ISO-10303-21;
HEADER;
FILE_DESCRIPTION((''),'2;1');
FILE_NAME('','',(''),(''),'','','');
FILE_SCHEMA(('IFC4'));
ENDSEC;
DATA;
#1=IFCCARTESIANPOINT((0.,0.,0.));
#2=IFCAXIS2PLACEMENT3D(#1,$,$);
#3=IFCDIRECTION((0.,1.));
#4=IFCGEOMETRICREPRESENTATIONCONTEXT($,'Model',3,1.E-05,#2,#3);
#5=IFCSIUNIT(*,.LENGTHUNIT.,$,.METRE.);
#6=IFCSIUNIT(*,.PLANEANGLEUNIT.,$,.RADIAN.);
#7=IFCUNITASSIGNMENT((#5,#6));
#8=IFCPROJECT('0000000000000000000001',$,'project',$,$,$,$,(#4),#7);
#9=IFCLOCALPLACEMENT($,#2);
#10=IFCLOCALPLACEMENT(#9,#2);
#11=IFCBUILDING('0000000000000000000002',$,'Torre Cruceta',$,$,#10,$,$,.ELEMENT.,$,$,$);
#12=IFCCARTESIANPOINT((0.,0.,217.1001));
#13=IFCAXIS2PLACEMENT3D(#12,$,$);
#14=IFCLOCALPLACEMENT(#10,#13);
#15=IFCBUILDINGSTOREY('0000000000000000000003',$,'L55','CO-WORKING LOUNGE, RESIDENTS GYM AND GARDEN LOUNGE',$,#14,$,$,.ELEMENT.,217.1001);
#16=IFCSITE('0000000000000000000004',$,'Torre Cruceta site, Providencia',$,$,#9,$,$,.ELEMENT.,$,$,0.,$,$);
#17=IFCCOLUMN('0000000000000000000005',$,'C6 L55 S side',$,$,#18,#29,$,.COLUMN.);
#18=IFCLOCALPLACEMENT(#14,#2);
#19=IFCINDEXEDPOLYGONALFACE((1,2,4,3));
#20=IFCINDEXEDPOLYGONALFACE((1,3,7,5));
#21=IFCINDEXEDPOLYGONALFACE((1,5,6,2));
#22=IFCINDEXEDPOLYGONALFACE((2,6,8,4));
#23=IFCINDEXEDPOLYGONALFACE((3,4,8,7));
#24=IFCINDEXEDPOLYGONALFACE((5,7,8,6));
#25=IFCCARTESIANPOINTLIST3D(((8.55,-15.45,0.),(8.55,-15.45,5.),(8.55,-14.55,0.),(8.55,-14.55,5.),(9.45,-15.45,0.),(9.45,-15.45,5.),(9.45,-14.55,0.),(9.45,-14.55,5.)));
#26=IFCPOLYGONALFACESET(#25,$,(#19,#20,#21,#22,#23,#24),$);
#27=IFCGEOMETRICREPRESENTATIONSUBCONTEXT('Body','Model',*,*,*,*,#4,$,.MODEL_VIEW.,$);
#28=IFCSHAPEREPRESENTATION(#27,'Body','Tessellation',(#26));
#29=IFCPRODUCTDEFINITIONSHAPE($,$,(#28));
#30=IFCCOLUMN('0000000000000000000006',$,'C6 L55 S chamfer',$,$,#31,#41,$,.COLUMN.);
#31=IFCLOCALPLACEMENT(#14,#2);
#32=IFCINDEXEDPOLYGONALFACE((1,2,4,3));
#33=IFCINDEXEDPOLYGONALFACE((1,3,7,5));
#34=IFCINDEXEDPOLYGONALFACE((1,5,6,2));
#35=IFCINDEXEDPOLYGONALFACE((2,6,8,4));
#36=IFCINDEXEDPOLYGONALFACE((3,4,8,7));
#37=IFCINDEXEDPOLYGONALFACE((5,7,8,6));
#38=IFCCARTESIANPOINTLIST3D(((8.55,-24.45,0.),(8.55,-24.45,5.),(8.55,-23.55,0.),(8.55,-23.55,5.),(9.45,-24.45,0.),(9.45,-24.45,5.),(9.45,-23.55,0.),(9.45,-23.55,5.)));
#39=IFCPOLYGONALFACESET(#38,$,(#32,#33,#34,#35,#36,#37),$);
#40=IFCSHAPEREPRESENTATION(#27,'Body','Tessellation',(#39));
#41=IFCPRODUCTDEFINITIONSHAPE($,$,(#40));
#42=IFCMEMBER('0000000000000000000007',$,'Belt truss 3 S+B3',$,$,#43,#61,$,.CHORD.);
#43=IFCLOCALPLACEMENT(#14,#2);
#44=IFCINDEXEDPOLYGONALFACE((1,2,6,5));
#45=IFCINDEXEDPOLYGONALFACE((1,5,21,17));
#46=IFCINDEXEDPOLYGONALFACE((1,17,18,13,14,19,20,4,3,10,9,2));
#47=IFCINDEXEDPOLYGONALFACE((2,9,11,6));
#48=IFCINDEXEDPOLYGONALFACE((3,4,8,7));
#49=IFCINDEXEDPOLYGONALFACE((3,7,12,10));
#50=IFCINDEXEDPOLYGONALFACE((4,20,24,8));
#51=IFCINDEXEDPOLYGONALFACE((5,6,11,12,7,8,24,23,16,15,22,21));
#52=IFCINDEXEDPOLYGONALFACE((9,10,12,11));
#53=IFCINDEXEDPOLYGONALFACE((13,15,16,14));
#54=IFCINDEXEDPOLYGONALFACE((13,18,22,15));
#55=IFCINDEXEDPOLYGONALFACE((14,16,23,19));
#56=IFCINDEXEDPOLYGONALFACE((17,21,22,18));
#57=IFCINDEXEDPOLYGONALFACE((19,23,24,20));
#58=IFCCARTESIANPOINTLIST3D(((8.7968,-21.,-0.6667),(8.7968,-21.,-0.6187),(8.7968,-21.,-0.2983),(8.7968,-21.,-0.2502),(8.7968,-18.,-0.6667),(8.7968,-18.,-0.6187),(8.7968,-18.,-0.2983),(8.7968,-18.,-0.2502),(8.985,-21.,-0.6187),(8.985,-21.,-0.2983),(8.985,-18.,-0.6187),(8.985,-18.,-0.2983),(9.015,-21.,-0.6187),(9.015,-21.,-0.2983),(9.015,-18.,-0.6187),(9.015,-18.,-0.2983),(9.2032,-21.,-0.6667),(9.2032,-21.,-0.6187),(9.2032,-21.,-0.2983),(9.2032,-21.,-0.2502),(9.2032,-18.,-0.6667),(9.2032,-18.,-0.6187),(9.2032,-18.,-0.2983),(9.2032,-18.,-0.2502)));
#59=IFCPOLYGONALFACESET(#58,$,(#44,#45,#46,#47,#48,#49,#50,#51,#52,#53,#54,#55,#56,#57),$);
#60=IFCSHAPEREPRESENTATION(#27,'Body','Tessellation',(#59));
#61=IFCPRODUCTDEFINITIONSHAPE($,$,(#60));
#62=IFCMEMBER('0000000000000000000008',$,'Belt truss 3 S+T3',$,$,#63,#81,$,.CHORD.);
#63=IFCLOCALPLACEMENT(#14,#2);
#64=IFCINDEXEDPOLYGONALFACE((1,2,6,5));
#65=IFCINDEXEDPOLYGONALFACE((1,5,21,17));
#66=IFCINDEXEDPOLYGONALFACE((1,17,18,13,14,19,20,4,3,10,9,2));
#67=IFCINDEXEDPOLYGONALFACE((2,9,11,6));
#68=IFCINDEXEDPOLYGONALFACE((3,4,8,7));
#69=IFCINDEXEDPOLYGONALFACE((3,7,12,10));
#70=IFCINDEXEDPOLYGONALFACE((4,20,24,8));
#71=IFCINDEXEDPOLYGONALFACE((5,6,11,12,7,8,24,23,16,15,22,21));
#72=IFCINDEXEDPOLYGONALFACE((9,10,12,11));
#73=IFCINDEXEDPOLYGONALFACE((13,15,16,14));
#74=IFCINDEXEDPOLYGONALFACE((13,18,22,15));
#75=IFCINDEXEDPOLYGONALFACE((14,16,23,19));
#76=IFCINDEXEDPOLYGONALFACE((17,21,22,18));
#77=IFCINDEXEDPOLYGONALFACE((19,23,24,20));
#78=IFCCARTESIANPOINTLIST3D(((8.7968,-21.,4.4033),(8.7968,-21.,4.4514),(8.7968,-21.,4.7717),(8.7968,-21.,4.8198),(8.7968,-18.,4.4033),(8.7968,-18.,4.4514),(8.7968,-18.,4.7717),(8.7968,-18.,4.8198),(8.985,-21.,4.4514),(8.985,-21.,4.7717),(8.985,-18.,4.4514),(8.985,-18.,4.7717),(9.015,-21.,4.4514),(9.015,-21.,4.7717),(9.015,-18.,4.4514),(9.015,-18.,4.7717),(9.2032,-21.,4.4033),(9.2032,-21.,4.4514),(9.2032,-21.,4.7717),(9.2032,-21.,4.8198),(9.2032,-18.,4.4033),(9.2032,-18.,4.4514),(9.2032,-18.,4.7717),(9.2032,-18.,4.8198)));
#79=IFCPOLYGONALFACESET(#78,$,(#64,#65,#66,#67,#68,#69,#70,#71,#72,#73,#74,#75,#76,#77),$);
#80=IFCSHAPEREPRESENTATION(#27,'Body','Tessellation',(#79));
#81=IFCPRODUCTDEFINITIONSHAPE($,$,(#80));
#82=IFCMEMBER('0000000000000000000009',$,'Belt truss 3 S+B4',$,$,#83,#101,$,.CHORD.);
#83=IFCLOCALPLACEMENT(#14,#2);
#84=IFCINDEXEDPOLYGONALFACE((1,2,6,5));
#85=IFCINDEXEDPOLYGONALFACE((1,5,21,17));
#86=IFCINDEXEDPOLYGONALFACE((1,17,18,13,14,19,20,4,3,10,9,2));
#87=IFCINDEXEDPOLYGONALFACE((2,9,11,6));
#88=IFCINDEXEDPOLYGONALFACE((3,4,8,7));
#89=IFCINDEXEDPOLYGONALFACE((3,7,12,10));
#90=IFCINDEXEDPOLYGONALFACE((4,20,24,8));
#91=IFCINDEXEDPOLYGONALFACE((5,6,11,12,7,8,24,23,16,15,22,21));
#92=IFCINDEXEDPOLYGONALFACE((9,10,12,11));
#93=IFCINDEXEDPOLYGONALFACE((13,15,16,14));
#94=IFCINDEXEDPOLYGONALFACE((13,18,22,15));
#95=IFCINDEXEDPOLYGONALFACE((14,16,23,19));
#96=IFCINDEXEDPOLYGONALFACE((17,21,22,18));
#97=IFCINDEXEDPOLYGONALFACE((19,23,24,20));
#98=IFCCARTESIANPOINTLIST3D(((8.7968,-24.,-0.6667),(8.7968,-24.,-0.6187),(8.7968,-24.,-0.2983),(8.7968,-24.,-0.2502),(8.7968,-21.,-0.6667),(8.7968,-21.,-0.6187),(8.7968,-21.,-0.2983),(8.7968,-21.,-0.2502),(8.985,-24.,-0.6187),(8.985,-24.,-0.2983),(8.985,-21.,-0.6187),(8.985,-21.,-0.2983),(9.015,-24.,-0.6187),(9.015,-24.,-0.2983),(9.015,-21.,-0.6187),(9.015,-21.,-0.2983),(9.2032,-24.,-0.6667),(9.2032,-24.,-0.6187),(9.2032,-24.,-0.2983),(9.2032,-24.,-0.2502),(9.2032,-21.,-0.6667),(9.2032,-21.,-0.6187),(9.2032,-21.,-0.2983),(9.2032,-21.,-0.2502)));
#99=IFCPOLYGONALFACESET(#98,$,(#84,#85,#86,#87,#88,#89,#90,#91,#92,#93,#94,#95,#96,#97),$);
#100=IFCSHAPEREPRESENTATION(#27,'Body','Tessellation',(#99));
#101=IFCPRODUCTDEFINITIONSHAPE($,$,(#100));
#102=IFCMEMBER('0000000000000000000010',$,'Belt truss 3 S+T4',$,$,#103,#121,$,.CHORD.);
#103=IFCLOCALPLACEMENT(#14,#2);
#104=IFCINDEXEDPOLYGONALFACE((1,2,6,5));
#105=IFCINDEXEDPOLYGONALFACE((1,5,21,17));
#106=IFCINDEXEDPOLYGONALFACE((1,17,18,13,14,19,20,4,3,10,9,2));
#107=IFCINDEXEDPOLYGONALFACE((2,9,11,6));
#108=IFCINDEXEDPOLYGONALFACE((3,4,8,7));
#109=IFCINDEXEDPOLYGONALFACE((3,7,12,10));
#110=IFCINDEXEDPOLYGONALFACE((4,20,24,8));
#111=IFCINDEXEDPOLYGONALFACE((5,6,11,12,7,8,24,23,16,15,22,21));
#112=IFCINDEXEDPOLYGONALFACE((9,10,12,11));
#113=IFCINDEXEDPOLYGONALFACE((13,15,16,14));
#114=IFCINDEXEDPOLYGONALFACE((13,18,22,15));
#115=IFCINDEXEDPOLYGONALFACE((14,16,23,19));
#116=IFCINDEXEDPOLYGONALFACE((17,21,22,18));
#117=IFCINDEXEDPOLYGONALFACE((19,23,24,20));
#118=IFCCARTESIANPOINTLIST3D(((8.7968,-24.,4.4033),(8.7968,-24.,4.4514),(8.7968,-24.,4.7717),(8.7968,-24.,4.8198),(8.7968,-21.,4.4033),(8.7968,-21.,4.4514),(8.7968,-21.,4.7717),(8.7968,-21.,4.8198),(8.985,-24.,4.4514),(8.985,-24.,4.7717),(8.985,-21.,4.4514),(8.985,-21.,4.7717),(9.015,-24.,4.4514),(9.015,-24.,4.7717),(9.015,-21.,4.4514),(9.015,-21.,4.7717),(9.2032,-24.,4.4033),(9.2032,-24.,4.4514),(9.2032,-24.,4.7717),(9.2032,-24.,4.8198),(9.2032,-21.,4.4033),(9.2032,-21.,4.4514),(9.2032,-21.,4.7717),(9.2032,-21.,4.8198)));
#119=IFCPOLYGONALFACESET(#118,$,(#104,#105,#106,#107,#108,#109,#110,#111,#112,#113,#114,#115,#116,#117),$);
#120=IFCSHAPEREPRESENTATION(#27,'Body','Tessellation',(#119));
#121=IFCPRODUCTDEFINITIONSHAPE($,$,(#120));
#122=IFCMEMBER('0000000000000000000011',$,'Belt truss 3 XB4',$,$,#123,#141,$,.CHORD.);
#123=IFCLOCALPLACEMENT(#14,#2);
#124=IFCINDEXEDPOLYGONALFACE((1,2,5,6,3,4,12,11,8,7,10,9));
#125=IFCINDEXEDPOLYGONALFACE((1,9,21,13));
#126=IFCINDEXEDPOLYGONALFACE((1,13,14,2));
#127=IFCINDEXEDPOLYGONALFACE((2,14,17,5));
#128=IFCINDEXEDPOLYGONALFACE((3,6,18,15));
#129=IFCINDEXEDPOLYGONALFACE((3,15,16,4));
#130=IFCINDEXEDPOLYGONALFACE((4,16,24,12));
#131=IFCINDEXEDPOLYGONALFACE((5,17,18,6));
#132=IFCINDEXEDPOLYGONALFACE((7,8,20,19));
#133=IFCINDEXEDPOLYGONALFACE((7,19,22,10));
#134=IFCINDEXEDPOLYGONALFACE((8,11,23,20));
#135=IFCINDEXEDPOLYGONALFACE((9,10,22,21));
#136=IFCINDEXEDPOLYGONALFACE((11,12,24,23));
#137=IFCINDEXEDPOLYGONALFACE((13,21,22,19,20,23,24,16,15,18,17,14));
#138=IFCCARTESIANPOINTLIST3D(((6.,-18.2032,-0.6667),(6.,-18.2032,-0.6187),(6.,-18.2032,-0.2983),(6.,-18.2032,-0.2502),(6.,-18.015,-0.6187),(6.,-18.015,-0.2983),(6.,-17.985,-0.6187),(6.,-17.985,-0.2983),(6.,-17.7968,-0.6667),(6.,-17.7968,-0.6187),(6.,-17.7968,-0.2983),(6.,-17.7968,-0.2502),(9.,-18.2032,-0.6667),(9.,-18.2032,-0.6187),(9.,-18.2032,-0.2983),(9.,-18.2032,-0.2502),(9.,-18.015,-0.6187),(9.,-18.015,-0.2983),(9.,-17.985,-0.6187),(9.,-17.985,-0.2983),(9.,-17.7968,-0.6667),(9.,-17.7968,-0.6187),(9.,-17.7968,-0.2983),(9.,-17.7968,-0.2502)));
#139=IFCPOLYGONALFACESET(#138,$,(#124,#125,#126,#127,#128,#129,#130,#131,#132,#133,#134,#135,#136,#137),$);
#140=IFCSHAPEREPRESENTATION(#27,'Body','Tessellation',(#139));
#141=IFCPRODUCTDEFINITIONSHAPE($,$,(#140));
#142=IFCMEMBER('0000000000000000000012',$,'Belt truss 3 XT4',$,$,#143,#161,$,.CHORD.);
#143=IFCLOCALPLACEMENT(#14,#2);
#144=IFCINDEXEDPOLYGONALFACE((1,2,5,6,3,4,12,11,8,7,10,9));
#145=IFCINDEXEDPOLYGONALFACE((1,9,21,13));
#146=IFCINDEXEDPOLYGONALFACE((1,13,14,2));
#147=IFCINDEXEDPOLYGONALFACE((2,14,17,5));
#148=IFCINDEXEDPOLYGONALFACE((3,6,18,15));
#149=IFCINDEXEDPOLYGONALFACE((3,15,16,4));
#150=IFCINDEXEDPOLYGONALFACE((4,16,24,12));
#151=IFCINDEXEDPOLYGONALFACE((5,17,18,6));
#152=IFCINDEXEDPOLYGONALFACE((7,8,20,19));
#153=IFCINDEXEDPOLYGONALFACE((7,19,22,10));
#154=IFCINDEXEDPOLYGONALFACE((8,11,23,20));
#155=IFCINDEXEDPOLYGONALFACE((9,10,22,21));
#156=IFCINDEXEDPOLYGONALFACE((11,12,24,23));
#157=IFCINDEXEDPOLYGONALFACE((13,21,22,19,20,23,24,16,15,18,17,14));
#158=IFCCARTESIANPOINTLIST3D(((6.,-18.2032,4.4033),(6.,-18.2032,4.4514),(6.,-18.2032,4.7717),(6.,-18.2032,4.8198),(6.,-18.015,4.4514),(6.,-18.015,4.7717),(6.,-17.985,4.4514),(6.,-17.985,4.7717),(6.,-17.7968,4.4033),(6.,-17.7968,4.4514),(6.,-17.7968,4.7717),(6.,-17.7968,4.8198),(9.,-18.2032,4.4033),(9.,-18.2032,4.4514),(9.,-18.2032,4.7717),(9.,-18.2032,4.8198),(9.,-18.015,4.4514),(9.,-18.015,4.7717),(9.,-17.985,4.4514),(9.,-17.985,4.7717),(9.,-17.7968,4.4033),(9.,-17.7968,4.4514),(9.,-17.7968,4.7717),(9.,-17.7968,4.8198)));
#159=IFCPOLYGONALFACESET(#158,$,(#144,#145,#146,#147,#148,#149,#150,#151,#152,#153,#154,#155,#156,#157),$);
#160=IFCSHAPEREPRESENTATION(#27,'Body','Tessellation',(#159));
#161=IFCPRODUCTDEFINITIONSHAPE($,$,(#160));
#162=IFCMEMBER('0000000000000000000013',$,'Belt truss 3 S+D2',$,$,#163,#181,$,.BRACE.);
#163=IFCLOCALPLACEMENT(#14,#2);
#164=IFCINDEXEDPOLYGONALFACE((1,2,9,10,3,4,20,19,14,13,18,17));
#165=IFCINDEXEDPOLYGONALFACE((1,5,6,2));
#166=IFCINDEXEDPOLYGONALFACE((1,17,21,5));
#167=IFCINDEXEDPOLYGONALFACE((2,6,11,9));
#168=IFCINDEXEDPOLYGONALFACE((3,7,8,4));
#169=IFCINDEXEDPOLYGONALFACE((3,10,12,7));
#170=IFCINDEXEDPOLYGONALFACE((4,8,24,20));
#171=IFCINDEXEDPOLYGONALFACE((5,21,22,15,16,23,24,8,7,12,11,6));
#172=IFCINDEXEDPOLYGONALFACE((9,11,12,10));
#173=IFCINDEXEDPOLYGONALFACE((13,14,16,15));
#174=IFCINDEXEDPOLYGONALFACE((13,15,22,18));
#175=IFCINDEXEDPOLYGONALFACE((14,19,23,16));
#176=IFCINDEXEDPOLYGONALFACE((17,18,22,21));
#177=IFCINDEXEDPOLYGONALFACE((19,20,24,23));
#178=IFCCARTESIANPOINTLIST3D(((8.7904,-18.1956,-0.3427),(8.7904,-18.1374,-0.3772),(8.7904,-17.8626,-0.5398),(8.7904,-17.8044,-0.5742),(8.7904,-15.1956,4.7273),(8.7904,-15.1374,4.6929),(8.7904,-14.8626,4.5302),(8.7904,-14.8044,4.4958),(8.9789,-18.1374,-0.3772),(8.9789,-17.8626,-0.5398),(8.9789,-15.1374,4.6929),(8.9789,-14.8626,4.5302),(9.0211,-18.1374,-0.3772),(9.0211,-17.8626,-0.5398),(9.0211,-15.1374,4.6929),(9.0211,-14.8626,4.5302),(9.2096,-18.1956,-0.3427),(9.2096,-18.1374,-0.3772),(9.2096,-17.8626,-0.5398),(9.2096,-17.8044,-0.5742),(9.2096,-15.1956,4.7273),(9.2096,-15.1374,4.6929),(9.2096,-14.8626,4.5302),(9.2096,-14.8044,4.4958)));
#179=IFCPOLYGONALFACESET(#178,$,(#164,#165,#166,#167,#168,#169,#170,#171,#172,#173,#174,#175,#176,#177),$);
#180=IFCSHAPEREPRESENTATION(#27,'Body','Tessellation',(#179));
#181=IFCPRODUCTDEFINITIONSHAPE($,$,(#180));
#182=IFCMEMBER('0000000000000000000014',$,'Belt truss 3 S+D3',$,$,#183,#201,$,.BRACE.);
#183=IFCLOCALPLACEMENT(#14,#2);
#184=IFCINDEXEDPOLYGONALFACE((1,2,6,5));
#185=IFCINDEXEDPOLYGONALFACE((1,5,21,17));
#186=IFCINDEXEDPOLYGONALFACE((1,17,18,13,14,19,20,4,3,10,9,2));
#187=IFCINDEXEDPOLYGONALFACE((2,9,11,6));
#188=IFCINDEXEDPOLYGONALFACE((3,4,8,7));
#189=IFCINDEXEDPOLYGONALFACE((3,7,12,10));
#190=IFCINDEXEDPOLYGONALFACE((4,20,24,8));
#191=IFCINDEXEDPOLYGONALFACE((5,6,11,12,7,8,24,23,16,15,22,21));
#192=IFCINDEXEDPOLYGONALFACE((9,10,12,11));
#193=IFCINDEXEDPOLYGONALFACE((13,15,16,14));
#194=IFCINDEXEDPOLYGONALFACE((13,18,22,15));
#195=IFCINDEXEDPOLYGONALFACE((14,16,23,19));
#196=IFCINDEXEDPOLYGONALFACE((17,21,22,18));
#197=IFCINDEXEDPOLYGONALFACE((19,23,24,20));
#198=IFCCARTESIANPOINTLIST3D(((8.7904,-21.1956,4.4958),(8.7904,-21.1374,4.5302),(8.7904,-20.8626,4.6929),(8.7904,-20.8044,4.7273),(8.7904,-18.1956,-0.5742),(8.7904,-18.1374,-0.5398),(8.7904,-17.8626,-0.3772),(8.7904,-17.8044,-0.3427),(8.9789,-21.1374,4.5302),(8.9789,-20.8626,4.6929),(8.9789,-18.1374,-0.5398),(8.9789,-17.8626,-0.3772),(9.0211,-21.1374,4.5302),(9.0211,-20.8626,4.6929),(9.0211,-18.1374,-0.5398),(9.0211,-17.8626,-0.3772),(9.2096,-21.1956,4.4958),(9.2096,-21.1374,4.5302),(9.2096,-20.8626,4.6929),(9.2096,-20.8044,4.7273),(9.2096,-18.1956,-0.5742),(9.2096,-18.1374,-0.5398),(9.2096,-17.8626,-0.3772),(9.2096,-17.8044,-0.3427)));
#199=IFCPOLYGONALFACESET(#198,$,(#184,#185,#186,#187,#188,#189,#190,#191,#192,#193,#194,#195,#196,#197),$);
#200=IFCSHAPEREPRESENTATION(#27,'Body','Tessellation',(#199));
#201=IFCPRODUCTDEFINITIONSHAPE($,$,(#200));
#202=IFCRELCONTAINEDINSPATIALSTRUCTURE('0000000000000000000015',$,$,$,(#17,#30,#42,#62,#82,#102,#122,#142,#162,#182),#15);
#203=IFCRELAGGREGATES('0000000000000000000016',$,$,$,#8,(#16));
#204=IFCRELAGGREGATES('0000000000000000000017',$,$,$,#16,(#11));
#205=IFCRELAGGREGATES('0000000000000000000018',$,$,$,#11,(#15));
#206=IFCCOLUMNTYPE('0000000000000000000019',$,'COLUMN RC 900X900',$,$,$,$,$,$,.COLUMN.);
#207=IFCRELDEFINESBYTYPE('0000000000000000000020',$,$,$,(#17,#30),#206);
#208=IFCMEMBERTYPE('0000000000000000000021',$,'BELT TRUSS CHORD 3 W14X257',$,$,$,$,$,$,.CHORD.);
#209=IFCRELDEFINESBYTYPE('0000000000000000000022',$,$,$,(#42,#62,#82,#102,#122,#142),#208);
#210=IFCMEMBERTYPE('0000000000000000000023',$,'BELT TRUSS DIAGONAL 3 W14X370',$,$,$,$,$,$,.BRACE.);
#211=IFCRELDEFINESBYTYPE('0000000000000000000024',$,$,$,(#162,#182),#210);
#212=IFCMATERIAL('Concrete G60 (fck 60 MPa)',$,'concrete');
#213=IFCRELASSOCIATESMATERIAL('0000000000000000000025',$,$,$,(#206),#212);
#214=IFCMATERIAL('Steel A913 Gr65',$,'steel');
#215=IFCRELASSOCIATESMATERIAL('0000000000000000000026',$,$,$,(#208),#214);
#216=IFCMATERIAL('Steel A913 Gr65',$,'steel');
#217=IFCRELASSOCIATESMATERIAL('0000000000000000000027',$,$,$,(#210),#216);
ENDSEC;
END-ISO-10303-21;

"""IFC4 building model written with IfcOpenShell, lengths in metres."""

from ifc_helpers import new_model, si_unit, direction, frame, origin, origin_2d, place, context, subcontext, project, spatial, rectangle, i_section, extrude, material, material_profile, profile_set, type_object, element, save


model = new_model("IFC4")

# Units and contexts
model_context = context("Model", 3, precision=1e-05, world=origin(), true_north=direction((0.0, 1.0)))
body_context = subcontext(model_context, "Body", "Model", "MODEL_VIEW")
ifc_project = project(units=[si_unit("LENGTHUNIT", "METRE"), si_unit("PLANEANGLEUNIT", "RADIAN")], contexts=[model_context])

# Site, building, storey
site_placement = place(None, origin())
site = spatial("IfcSite", under=ifc_project, at=site_placement, Name="Torre Cruceta site, Providencia", CompositionType="ELEMENT", RefElevation=0.0)
building_placement = place(site_placement, origin())
building = spatial("IfcBuilding", under=site, at=building_placement, Name="Torre Cruceta", CompositionType="ELEMENT")
storey_placement = place(building_placement, frame((0.0, 0.0, 217.1001)))
storey = spatial("IfcBuildingStorey", under=building, at=storey_placement, Name="L55", Description="CO-WORKING LOUNGE, RESIDENTS GYM AND GARDEN LOUNGE", CompositionType="ELEMENT", Elevation=217.1001)

# Columns
ifc_material_1 = material(Name="Concrete G60 (fck 60 MPa)", Category="concrete")
ifc_material_profile_1 = material_profile(ifc_material_1, rectangle(XDim=0.8999, YDim=0.8999, at=origin_2d()), Name="RC 900X900")
ifc_profile_set_1 = profile_set([ifc_material_profile_1], Name="Concrete G60 (fck 60 MPa)")
column_type = type_object("IfcColumnType", Name="COLUMN RC 900X900", PredefinedType="COLUMN", material=ifc_profile_set_1)
for number, where, z_axis, x_axis, name in (
    (1, (9.0, -15.0, 0.0), (0.0, 0.0, 1.0), (1.0, 0.0, 0.0), "C6 L55 S side"),
    (2, (9.0, -24.0, 0.0), (0.0, 0.0, 1.0), (1.0, 0.0, 0.0), "C6 L55 S chamfer"),
):
    element("IfcColumn", number, at=place(storey_placement, frame(where, z_axis=z_axis, x_axis=x_axis)), inside=storey, type_object=column_type, Name=name, PredefinedType="COLUMN", context=body_context, shape_type="SweptSolid", body=[
        extrude(rectangle(XDim=0.8999, YDim=0.8999, at=origin_2d()), origin(), (0.0, 0.0, 1.0), 5.0),
    ])

# Members
ifc_material_2 = material(Name="Steel A913 Gr65", Category="steel")
ifc_material_profile_2 = material_profile(ifc_material_2, i_section(OverallWidth=0.4065, OverallDepth=0.4165, WebThickness=0.03, FlangeThickness=0.0481, at=origin_2d()), Name="W14X257")
ifc_profile_set_2 = profile_set([ifc_material_profile_2], Name="Steel A913 Gr65")
member_type_1 = type_object("IfcMemberType", Name="BELT TRUSS CHORD 3 W14X257", PredefinedType="CHORD", material=ifc_profile_set_2)
for number, where, z_axis, x_axis, name in (
    (3, (9.0, -18.0, -0.4585), (0.0, -1.0, 0.0), (1.0, 0.0, 0.0), "Belt truss 3 S+B3"),
    (4, (9.0, -18.0, 4.6116), (0.0, -1.0, 0.0), (1.0, 0.0, 0.0), "Belt truss 3 S+T3"),
    (5, (9.0, -21.0, -0.4585), (0.0, -1.0, 0.0), (1.0, 0.0, 0.0), "Belt truss 3 S+B4"),
    (6, (9.0, -21.0, 4.6116), (0.0, -1.0, 0.0), (1.0, 0.0, 0.0), "Belt truss 3 S+T4"),
    (7, (6.0, -18.0, -0.4585), (1.0, 0.0, 0.0), (0.0, 1.0, 0.0), "Belt truss 3 XB4"),
    (8, (6.0, -18.0, 4.6116), (1.0, 0.0, 0.0), (0.0, 1.0, 0.0), "Belt truss 3 XT4"),
):
    element("IfcMember", number, at=place(storey_placement, frame(where, z_axis=z_axis, x_axis=x_axis)), inside=storey, type_object=member_type_1, Name=name, PredefinedType="CHORD", context=body_context, shape_type="SweptSolid", body=[
        extrude(i_section(OverallWidth=0.4065, OverallDepth=0.4165, WebThickness=0.03, FlangeThickness=0.0481, at=origin_2d()), origin(), (0.0, 0.0, 1.0), 3.0),
    ])
ifc_material_3 = material(Name="Steel A913 Gr65", Category="steel")
ifc_material_profile_3 = material_profile(ifc_material_3, i_section(OverallWidth=0.4192, OverallDepth=0.4546, WebThickness=0.0422, FlangeThickness=0.0676, at=origin_2d()), Name="W14X370")
ifc_profile_set_3 = profile_set([ifc_material_profile_3], Name="Steel A913 Gr65")
member_type_2 = type_object("IfcMemberType", Name="BELT TRUSS DIAGONAL 3 W14X370", PredefinedType="BRACE", material=ifc_profile_set_3)
for number, where, z_axis, x_axis, name in (
    (9, (9.0, -18.0, -0.4585), (0.0, 0.509239, 0.860625), (-1.0, 0.0, 0.0), "Belt truss 3 S+D2"),
    (10, (9.0, -18.0, -0.4585), (0.0, -0.509239, 0.860625), (1.0, 0.0, 0.0), "Belt truss 3 S+D3"),
):
    element("IfcMember", number, at=place(storey_placement, frame(where, z_axis=z_axis, x_axis=x_axis)), inside=storey, type_object=member_type_2, Name=name, PredefinedType="BRACE", context=body_context, shape_type="SweptSolid", body=[
        extrude(i_section(OverallWidth=0.4192, OverallDepth=0.4546, WebThickness=0.0422, FlangeThickness=0.0676, at=origin_2d()), origin(), (0.0, 0.0, 1.0), 5.8911),
    ])

save(model, "model.ifc")
